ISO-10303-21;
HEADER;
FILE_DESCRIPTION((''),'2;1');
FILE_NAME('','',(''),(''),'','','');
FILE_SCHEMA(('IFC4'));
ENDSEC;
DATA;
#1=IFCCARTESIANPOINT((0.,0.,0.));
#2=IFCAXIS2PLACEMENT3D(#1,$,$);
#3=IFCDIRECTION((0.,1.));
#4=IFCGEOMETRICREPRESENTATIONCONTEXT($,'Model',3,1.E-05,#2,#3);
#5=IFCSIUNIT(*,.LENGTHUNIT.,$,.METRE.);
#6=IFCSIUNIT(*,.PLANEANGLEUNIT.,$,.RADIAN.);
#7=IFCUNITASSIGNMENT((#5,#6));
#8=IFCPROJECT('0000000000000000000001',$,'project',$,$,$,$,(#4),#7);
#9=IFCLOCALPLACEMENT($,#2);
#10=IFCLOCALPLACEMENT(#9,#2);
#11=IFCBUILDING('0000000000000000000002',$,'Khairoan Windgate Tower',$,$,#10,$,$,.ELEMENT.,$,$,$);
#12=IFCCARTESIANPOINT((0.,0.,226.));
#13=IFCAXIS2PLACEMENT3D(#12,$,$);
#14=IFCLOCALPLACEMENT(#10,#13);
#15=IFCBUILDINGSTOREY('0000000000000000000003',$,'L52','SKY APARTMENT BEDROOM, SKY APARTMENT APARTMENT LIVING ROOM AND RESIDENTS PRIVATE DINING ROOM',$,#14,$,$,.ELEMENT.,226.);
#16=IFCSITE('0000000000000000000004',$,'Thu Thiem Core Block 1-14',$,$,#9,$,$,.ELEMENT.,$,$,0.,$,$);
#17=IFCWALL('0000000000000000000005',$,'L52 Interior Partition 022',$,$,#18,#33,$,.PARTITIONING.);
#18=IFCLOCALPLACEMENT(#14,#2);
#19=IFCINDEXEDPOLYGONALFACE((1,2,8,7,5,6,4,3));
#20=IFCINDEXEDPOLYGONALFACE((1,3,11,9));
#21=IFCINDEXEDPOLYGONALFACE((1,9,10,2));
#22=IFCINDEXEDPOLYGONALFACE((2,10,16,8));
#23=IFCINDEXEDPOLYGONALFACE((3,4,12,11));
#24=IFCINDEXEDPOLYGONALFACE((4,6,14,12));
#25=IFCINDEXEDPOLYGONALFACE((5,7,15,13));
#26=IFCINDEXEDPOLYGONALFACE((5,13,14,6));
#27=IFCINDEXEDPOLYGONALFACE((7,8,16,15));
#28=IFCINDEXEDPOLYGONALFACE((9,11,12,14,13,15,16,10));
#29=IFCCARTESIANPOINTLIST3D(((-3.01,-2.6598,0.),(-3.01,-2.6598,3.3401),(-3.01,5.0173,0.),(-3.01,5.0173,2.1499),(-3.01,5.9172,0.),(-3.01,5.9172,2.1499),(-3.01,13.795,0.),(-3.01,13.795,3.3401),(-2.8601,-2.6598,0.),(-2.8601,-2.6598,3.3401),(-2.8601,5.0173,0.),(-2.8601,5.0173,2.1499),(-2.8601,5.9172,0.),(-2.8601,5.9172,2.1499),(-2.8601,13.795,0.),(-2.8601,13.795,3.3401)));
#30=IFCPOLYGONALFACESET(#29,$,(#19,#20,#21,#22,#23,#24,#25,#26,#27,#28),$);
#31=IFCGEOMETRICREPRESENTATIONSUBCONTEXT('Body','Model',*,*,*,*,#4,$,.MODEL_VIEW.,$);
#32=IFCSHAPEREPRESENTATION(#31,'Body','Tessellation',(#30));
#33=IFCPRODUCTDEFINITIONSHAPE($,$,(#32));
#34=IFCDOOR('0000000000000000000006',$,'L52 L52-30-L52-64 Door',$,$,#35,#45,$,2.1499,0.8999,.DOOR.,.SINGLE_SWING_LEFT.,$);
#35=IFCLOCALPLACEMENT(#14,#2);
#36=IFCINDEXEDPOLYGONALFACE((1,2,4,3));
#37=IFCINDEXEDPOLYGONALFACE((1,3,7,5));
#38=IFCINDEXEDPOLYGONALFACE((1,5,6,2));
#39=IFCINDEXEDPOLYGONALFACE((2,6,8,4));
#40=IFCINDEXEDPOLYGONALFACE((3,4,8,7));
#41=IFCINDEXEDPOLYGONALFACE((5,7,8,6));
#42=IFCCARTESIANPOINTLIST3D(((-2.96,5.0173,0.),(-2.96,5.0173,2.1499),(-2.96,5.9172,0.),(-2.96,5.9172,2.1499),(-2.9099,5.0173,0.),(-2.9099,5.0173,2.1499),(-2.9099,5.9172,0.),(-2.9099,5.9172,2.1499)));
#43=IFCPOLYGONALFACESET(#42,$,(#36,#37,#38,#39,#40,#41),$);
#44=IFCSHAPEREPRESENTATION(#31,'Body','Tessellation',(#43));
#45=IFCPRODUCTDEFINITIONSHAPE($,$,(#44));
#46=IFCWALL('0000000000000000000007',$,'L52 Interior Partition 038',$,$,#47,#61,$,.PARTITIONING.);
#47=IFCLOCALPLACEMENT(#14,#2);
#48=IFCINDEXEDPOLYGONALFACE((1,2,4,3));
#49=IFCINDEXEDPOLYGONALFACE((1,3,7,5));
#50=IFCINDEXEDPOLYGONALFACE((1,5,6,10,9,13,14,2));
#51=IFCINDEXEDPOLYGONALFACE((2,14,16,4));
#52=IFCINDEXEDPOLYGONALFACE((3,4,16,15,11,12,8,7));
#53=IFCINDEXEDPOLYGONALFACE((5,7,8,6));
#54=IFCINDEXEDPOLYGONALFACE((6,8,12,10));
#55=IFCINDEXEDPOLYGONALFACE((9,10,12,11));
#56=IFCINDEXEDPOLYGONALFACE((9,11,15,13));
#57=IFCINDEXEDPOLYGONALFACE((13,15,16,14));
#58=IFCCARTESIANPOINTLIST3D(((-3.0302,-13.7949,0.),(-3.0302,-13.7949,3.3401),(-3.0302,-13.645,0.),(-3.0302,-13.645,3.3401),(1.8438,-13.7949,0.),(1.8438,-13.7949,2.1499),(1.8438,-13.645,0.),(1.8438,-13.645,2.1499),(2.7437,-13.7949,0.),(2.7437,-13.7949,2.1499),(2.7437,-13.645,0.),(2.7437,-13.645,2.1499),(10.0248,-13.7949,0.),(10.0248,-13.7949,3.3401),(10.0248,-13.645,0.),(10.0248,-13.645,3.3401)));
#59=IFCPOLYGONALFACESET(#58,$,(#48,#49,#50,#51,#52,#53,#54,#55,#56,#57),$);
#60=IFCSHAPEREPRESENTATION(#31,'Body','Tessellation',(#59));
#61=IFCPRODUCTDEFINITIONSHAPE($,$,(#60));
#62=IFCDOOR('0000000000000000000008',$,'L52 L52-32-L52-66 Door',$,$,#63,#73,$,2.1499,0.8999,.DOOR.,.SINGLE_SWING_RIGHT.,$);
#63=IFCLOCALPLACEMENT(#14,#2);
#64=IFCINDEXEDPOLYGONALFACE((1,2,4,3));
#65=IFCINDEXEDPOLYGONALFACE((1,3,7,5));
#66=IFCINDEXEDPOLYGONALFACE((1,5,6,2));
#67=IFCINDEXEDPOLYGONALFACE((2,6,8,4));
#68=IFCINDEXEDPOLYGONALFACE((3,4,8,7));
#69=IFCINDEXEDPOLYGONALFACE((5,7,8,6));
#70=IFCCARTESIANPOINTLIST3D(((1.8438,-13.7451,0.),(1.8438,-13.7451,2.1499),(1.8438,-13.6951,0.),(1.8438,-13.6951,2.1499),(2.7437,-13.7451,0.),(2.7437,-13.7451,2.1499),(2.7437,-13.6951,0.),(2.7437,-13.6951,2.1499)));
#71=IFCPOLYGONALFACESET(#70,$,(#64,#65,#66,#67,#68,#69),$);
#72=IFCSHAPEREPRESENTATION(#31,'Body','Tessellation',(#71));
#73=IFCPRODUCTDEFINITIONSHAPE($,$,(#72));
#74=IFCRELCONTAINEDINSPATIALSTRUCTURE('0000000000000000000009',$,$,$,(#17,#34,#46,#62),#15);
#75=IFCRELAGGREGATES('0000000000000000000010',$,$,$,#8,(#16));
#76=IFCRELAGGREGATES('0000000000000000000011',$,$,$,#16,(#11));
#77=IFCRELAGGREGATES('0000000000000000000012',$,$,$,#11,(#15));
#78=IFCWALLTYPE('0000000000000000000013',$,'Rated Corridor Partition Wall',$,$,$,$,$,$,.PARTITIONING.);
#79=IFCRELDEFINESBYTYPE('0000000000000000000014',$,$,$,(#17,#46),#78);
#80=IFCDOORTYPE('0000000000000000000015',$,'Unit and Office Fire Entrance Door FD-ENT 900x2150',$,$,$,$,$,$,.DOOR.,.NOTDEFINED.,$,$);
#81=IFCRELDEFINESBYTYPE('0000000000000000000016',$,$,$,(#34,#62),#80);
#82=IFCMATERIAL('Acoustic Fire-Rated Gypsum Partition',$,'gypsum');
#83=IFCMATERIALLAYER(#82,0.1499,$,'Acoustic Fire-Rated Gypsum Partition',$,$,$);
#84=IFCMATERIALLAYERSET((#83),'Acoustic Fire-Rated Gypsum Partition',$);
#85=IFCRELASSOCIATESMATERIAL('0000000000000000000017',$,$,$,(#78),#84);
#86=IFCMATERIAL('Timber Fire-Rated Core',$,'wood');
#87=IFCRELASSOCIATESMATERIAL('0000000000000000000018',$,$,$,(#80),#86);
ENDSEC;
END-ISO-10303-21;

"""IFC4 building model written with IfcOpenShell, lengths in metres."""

from ifc_helpers import new_model, si_unit, direction, frame, frame_2d, origin, place, context, subcontext, project, spatial, rectangle, extrude, material, layer, layer_set, type_object, element, fill, save


model = new_model("IFC4")

# Units and contexts
model_context = context("Model", 3, precision=1e-05, world=origin(), true_north=direction((0.0, 1.0)))
body_context = subcontext(model_context, "Body", "Model", "MODEL_VIEW")
ifc_project = project(units=[si_unit("LENGTHUNIT", "METRE"), si_unit("PLANEANGLEUNIT", "RADIAN")], contexts=[model_context])

# Site, building, storey
site_placement = place(None, origin())
site = spatial("IfcSite", under=ifc_project, at=site_placement, Name="Thu Thiem Core Block 1-14", CompositionType="ELEMENT", RefElevation=0.0)
building_placement = place(site_placement, origin())
building = spatial("IfcBuilding", under=site, at=building_placement, Name="Khairoan Windgate Tower", CompositionType="ELEMENT")
storey_placement = place(building_placement, frame((0.0, 0.0, 226.0)))
storey = spatial("IfcBuildingStorey", under=building, at=storey_placement, Name="L52", Description="SKY APARTMENT BEDROOM, SKY APARTMENT APARTMENT LIVING ROOM AND RESIDENTS PRIVATE DINING ROOM", CompositionType="ELEMENT", Elevation=226.0)

# Walls, openings, doors
ifc_material_1 = material(Name="Acoustic Fire-Rated Gypsum Partition", Category="gypsum")
ifc_layer_1 = layer(ifc_material_1, 0.1499, Name="Acoustic Fire-Rated Gypsum Partition")
ifc_layer_set_1 = layer_set([ifc_layer_1], Name="Acoustic Fire-Rated Gypsum Partition")
wall_type_1 = type_object("IfcWallType", Name="Rated Corridor Partition Wall", PredefinedType="PARTITIONING", material=ifc_layer_set_1)
ifc_material_2 = material(Name="Timber Fire-Rated Core", Category="wood")
door_type = type_object("IfcDoorType", Name="Unit and Office Fire Entrance Door FD-ENT 900x2150", OperationType="NOTDEFINED", PredefinedType="DOOR", material=ifc_material_2)
wall_1_placement = place(storey_placement, frame((-2.9351, -2.6599, 0.0), z_axis=(0.0, 0.0, 1.0), x_axis=(0.0, 1.0, 0.0)))
wall_1 = element("IfcWall", 1, at=wall_1_placement, inside=storey, type_object=wall_type_1, Name="L52 Interior Partition 022", PredefinedType="PARTITIONING", context=body_context, shape_type="SweptSolid", body=[
    extrude(rectangle(XDim=16.4548, YDim=0.1499, at=frame_2d((8.2275, 0.0))), origin(), (0.0, 0.0, 1.0), 3.3401),
])
opening_1_placement = place(wall_1_placement, frame((7.6772, 0.0, 0.0)))
opening_1 = element("IfcOpeningElement", 2, at=opening_1_placement, cuts=wall_1, PredefinedType="OPENING", context=body_context, shape_type="SweptSolid", body=[
    extrude(rectangle(XDim=0.8999, YDim=2.1499, at=frame_2d((0.45, 1.075))), frame((0.0, 0.085, 0.0), z_axis=(0.0, -1.0, 0.0), x_axis=(1.0, 0.0, 0.0)), (0.0, 0.0, 1.0), 0.1699),
])
door_1_placement = place(opening_1_placement, origin())
door_1 = element("IfcDoor", 3, at=door_1_placement, inside=storey, type_object=door_type, Name="L52 L52-30-L52-64 Door", OperationType="SINGLE_SWING_LEFT", OverallHeight=2.1499, OverallWidth=0.8999, PredefinedType="DOOR", context=body_context, shape_type="SweptSolid", body=[
    extrude(rectangle(XDim=0.8999, YDim=2.1499, at=frame_2d((0.45, 1.075))), frame((0.0, 0.0249, 0.0), z_axis=(0.0, -1.0, 0.0), x_axis=(1.0, 0.0, 0.0)), (0.0, 0.0, 1.0), 0.05),
])
fill(opening_1, door_1)
wall_2_placement = place(storey_placement, frame((-3.03, -13.72, 0.0), z_axis=(0.0, 0.0, 1.0), x_axis=(1.0, 0.0, 0.0)))
wall_2 = element("IfcWall", 4, at=wall_2_placement, inside=storey, type_object=wall_type_1, Name="L52 Interior Partition 038", PredefinedType="PARTITIONING", context=body_context, shape_type="SweptSolid", body=[
    extrude(rectangle(XDim=13.0549, YDim=0.1499, at=frame_2d((6.5273, 0.0))), origin(), (0.0, 0.0, 1.0), 3.3401),
])
opening_2_placement = place(wall_2_placement, frame((4.8738, 0.0, 0.0)))
opening_2 = element("IfcOpeningElement", 5, at=opening_2_placement, cuts=wall_2, PredefinedType="OPENING", context=body_context, shape_type="SweptSolid", body=[
    extrude(rectangle(XDim=0.8999, YDim=2.1499, at=frame_2d((0.45, 1.075))), frame((0.0, 0.085, 0.0), z_axis=(0.0, -1.0, 0.0), x_axis=(1.0, 0.0, 0.0)), (0.0, 0.0, 1.0), 0.1699),
])
door_2_placement = place(opening_2_placement, origin())
door_2 = element("IfcDoor", 6, at=door_2_placement, inside=storey, type_object=door_type, Name="L52 L52-32-L52-66 Door", OperationType="SINGLE_SWING_RIGHT", OverallHeight=2.1499, OverallWidth=0.8999, PredefinedType="DOOR", context=body_context, shape_type="SweptSolid", body=[
    extrude(rectangle(XDim=0.8999, YDim=2.1499, at=frame_2d((0.45, 1.075))), frame((0.0, 0.0249, 0.0), z_axis=(0.0, -1.0, 0.0), x_axis=(1.0, 0.0, 0.0)), (0.0, 0.0, 1.0), 0.05),
])
fill(opening_2, door_2)

save(model, "model.ifc")
